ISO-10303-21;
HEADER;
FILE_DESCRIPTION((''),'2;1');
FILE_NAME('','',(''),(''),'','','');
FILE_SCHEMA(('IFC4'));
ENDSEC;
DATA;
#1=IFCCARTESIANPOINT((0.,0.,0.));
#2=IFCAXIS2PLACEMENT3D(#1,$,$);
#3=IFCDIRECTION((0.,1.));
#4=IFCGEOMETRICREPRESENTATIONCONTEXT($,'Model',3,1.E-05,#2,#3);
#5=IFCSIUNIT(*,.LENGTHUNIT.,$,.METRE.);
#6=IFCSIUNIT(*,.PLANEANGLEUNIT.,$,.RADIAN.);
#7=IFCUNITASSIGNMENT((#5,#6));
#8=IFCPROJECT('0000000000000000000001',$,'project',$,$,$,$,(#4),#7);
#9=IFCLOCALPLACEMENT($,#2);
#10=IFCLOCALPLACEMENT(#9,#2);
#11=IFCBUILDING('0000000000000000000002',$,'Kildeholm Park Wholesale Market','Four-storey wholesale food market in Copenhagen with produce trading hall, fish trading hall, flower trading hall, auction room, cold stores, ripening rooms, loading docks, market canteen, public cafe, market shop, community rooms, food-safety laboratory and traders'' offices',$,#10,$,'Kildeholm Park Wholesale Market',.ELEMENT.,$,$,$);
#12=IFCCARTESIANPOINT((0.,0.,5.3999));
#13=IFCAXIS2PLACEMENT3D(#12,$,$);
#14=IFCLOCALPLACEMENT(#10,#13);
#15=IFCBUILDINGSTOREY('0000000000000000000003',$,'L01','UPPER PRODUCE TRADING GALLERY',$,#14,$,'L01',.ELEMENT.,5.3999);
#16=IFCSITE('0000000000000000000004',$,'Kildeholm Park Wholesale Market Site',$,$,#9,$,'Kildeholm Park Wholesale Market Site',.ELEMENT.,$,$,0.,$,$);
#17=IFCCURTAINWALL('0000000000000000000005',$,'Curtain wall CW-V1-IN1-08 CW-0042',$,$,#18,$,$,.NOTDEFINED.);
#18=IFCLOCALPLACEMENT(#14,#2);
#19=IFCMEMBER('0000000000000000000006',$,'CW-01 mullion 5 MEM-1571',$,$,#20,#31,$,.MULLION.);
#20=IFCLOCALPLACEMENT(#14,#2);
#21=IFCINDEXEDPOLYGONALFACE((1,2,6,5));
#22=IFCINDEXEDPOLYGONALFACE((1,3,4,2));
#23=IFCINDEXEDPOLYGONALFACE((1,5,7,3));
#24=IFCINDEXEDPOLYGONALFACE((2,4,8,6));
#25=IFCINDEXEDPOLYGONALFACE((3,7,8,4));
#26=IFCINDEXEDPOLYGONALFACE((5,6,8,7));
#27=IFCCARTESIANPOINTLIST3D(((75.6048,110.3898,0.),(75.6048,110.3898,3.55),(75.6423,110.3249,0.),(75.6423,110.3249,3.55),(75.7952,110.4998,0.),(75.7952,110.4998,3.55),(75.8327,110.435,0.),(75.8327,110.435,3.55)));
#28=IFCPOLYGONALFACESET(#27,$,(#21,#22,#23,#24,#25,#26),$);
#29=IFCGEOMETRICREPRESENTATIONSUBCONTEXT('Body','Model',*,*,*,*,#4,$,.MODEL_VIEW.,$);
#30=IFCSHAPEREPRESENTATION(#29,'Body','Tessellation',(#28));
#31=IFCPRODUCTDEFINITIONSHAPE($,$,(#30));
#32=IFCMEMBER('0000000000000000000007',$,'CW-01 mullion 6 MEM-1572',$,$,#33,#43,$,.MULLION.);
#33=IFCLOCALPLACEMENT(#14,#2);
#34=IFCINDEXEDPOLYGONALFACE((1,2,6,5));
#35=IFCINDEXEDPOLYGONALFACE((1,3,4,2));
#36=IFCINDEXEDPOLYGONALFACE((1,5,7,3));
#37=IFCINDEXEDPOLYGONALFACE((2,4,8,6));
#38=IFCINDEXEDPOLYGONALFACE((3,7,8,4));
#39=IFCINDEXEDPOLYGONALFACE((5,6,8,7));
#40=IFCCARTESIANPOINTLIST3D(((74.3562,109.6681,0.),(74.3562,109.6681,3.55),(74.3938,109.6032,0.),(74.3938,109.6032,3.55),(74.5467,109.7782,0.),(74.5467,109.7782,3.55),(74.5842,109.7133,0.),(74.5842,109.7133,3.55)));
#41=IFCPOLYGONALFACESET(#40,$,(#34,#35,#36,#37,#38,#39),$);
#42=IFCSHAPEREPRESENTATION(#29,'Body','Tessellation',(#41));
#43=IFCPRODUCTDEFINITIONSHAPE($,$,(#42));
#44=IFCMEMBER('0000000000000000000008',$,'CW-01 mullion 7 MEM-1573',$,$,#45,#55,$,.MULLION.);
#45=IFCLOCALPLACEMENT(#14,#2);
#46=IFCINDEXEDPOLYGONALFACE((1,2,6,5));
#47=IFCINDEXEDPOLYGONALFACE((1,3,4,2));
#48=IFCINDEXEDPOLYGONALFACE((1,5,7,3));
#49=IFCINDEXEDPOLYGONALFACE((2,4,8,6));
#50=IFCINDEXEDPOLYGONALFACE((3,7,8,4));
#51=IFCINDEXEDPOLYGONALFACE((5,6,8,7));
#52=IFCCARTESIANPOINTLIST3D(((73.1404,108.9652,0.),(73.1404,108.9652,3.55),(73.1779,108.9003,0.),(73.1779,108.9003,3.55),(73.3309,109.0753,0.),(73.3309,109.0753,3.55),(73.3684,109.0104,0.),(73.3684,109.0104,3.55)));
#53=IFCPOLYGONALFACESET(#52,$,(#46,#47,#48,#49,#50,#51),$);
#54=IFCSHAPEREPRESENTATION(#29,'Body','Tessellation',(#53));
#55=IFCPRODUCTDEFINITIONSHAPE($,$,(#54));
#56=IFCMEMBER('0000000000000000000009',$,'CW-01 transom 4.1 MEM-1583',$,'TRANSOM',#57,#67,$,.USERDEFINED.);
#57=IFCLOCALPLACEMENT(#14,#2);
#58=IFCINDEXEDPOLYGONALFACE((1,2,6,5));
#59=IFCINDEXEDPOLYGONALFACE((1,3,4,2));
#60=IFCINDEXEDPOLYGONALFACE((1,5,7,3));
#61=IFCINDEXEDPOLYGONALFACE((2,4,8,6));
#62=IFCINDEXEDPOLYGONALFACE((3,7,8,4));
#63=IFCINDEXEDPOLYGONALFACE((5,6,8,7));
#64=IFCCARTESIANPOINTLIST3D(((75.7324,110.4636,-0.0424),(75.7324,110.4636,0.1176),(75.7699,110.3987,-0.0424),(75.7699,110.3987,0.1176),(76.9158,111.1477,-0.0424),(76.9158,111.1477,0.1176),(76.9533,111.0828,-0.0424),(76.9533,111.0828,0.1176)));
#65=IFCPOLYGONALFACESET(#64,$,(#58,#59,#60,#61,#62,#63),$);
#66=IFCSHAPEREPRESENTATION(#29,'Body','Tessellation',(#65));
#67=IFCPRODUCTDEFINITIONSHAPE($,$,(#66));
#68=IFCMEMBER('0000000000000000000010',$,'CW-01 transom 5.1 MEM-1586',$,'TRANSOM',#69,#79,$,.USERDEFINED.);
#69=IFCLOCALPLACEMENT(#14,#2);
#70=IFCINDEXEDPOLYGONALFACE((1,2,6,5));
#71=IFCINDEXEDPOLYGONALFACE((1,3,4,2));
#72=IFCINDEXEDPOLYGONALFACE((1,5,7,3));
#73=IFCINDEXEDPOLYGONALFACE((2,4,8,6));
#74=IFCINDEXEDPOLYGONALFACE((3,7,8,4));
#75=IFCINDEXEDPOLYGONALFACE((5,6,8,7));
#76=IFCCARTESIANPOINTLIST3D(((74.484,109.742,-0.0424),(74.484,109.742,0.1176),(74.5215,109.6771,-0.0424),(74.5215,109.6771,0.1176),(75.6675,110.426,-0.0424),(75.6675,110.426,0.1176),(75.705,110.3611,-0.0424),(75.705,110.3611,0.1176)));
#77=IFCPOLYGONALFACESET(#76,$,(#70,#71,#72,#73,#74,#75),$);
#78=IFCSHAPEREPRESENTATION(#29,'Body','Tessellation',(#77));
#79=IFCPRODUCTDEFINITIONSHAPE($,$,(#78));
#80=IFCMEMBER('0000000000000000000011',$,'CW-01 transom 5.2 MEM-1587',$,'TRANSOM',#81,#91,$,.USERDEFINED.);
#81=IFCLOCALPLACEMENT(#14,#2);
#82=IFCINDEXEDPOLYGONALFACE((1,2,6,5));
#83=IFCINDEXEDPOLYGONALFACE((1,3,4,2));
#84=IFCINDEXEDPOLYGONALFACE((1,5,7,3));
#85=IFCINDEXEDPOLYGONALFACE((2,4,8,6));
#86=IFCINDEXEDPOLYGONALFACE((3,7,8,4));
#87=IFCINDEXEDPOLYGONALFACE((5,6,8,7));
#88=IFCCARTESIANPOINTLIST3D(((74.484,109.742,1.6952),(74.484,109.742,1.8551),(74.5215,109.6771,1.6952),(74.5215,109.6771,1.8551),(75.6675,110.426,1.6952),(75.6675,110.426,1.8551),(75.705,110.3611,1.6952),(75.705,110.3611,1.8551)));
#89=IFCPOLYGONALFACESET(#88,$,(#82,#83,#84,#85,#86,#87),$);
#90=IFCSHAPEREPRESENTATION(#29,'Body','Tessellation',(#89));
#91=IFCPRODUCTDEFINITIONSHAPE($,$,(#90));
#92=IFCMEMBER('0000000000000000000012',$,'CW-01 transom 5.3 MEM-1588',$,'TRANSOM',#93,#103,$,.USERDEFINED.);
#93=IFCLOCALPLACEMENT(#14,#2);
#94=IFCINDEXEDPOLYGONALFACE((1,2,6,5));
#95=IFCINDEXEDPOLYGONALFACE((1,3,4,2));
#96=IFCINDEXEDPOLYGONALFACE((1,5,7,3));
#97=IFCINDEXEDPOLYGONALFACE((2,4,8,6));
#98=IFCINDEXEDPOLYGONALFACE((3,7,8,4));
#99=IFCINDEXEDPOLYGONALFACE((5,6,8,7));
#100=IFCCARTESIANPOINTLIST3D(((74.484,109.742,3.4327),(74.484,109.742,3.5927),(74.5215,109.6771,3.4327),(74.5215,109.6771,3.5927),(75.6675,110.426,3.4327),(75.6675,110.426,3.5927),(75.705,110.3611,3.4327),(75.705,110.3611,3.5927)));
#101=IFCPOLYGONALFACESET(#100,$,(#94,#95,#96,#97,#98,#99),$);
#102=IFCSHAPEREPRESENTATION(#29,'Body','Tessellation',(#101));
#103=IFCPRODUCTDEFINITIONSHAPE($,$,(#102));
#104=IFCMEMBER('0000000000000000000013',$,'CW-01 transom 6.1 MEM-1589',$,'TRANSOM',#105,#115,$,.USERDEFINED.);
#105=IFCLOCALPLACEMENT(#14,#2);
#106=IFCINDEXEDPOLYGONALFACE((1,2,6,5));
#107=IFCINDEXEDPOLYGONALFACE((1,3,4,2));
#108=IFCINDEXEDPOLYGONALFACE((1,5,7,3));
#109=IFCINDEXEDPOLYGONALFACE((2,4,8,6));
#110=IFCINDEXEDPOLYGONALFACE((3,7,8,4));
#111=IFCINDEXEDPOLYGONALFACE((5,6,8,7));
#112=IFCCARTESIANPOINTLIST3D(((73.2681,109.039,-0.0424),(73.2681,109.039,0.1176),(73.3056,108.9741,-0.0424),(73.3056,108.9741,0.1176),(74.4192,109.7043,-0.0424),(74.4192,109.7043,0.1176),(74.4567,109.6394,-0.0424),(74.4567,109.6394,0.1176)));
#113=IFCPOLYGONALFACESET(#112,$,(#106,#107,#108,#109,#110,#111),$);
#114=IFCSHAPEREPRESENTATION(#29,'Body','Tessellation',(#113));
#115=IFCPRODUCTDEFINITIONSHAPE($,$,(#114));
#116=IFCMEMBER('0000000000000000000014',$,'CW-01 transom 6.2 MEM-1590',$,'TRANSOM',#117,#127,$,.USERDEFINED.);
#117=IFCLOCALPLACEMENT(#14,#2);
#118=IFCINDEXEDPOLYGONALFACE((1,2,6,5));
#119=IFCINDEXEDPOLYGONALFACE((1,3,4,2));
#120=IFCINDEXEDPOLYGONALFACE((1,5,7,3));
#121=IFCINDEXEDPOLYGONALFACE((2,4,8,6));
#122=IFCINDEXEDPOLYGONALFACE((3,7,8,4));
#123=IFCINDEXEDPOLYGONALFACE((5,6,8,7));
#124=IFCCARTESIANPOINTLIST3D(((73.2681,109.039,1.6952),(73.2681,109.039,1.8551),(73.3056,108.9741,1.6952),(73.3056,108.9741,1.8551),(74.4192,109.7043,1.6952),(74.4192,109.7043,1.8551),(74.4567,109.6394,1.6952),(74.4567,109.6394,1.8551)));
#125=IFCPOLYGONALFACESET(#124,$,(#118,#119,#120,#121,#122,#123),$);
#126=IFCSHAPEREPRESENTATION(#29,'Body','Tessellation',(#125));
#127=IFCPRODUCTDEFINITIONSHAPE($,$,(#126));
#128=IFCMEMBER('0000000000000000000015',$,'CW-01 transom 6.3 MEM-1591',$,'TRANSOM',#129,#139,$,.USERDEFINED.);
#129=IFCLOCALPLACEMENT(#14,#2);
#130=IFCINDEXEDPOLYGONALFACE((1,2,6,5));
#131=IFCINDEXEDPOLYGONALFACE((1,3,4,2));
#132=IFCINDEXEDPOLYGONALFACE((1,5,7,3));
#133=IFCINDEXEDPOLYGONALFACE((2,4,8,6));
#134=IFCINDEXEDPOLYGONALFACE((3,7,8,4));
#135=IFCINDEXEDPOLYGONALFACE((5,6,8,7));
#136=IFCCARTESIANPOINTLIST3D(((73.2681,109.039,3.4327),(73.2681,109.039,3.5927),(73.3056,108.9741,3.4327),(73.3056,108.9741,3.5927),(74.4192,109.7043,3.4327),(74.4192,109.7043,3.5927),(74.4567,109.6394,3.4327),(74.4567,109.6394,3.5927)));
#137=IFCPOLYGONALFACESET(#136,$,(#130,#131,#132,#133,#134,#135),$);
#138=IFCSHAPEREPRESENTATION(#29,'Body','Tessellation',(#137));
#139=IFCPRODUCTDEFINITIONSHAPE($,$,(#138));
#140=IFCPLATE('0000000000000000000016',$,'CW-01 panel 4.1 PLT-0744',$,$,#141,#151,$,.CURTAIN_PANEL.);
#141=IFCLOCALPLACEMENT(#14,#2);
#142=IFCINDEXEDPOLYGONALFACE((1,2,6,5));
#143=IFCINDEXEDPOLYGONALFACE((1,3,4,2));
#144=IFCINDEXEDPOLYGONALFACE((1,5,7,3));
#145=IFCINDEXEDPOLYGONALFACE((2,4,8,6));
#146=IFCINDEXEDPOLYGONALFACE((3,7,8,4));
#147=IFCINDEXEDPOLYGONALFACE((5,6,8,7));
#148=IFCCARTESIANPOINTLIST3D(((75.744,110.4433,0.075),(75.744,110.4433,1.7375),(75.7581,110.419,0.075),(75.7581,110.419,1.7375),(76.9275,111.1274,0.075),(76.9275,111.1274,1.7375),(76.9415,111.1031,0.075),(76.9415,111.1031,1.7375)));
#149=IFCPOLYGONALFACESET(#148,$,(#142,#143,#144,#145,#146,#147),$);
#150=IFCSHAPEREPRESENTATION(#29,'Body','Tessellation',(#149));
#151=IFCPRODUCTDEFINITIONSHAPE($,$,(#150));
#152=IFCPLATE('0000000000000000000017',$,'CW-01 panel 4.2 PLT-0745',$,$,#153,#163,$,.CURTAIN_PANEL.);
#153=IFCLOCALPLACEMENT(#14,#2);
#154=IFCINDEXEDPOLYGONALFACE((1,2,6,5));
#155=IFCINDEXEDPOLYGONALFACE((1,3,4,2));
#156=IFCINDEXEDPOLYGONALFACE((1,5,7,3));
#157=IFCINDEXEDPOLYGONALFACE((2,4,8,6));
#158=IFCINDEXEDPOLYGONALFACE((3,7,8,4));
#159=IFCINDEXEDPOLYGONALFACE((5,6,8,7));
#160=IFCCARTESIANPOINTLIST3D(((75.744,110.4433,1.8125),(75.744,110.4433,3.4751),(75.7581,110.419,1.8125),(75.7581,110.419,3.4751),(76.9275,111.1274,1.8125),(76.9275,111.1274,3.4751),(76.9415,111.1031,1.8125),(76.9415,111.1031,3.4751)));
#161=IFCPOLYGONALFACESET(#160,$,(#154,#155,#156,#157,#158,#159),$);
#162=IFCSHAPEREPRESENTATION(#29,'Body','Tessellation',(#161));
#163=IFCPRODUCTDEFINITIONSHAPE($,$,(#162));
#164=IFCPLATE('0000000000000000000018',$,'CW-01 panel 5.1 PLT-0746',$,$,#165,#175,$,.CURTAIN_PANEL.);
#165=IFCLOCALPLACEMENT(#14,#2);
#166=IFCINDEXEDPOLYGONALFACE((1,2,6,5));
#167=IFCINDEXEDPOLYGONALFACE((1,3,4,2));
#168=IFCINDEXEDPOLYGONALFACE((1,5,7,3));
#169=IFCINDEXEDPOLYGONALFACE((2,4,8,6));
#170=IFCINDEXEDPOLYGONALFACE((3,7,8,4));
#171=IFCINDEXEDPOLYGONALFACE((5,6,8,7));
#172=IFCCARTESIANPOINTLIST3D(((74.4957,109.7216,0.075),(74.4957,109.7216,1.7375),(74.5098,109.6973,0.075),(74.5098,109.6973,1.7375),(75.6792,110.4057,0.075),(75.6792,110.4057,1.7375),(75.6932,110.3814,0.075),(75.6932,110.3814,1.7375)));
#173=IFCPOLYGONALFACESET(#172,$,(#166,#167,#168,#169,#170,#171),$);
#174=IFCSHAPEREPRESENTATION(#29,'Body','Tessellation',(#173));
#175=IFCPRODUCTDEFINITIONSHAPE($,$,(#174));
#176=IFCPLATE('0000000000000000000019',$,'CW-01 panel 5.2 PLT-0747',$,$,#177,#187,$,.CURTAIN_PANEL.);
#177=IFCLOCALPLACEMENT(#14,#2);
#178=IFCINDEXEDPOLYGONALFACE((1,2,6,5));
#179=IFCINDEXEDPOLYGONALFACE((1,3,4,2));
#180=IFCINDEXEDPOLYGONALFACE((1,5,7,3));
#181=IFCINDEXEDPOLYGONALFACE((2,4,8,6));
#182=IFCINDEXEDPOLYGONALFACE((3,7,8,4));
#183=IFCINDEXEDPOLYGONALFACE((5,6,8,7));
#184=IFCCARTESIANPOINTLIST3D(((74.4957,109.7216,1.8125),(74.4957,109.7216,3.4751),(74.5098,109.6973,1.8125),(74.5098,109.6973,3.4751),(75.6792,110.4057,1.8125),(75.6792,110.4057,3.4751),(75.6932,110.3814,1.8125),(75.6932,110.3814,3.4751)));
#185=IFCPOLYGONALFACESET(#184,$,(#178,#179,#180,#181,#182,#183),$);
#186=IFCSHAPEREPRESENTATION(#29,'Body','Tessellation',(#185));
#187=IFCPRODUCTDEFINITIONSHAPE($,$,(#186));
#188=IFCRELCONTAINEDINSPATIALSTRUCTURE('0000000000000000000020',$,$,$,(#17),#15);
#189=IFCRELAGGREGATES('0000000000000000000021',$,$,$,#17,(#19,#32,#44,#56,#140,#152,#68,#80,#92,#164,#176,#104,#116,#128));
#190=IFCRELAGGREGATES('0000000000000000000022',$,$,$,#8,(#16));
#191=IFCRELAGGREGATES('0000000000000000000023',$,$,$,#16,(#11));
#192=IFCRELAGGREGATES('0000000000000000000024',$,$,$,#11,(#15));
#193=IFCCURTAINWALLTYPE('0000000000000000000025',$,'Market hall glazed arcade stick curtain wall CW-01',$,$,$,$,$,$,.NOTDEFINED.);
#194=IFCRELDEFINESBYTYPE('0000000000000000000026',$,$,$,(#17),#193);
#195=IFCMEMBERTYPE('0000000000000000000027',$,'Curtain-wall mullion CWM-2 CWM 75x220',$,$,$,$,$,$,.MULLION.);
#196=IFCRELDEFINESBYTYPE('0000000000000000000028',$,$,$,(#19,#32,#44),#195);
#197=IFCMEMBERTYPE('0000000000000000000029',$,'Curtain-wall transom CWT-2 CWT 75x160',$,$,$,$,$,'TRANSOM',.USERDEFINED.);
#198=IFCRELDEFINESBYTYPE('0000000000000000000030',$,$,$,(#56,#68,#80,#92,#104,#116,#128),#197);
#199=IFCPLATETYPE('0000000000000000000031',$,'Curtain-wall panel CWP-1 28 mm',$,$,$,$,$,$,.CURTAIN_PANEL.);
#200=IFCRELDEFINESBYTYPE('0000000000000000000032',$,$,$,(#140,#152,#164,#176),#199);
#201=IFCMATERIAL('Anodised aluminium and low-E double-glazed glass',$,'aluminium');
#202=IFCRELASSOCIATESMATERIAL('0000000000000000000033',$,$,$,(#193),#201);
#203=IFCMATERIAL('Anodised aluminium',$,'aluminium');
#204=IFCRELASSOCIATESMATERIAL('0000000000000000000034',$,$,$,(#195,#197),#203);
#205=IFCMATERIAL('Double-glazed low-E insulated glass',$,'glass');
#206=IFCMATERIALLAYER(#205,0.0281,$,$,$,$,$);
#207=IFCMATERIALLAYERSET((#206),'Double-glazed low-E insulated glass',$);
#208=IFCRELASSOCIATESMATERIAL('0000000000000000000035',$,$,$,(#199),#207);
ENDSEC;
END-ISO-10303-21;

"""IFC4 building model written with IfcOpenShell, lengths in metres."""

from ifc_helpers import new_model, si_unit, direction, frame, origin, origin_2d, place, context, subcontext, project, spatial, rectangle, extrude, material, layer, layer_set, material_profile, profile_set, type_object, element, aggregate, save


model = new_model("IFC4")

# Units and contexts
model_context = context("Model", 3, precision=1e-05, world=origin(), true_north=direction((0.0, 1.0)))
body_context = subcontext(model_context, "Body", "Model", "MODEL_VIEW")
ifc_project = project(units=[si_unit("LENGTHUNIT", "METRE"), si_unit("PLANEANGLEUNIT", "RADIAN")], contexts=[model_context])

# Site, building, storey
site_placement = place(None, origin())
site = spatial("IfcSite", under=ifc_project, at=site_placement, Name="Kildeholm Park Wholesale Market Site", LongName="Kildeholm Park Wholesale Market Site", CompositionType="ELEMENT", RefElevation=0.0)
building_placement = place(site_placement, origin())
building = spatial("IfcBuilding", under=site, at=building_placement, Name="Kildeholm Park Wholesale Market", Description="Four-storey wholesale food market in Copenhagen with produce trading hall, fish trading hall, flower trading hall, auction room, cold stores, ripening rooms, loading docks, market canteen, public cafe, market shop, community rooms, food-safety laboratory and traders' offices", LongName="Kildeholm Park Wholesale Market", CompositionType="ELEMENT")
storey_placement = place(building_placement, frame((0.0, 0.0, 5.3999)))
storey = spatial("IfcBuildingStorey", under=building, at=storey_placement, Name="L01", Description="UPPER PRODUCE TRADING GALLERY", LongName="L01", CompositionType="ELEMENT", Elevation=5.3999)

# Curtain wall, members, plates
ifc_material_1 = material(Name="Anodised aluminium and low-E double-glazed glass", Category="aluminium")
curtain_wall_type = type_object("IfcCurtainWallType", Name="Market hall glazed arcade stick curtain wall CW-01", PredefinedType="NOTDEFINED", material=ifc_material_1)
curtain_wall_placement = place(storey_placement, origin())
curtain_wall = element("IfcCurtainWall", 1, at=curtain_wall_placement, inside=storey, type_object=curtain_wall_type, Name="Curtain wall CW-V1-IN1-08 CW-0042", PredefinedType="NOTDEFINED")
ifc_material_2 = material(Name="Anodised aluminium", Category="aluminium")
ifc_material_profile_1 = material_profile(ifc_material_2, rectangle(XDim=0.075, YDim=0.22, at=origin_2d()), Name="CWM 75x220")
ifc_profile_set_1 = profile_set([ifc_material_profile_1], Name="Anodised aluminium")
member_type_1 = type_object("IfcMemberType", Name="Curtain-wall mullion CWM-2 CWM 75x220", PredefinedType="MULLION", material=ifc_profile_set_1)
member_1_placement = place(storey_placement, frame((75.7188, 110.4124, 0.0), z_axis=(0.0, 0.0, 1.0), x_axis=(0.500489, -0.865743, 0.0)))
member_1 = element("IfcMember", 2, at=member_1_placement, type_object=member_type_1, Name="CW-01 mullion 5 MEM-1571", PredefinedType="MULLION", context=body_context, shape_type="SweptSolid", body=[
    extrude(rectangle(XDim=0.075, YDim=0.22, at=origin_2d()), origin(), (0.0, 0.0, 1.0), 3.55),
])
member_2_placement = place(storey_placement, frame((74.4702, 109.6907, 0.0), z_axis=(0.0, 0.0, 1.0), x_axis=(0.500489, -0.865743, 0.0)))
member_2 = element("IfcMember", 3, at=member_2_placement, type_object=member_type_1, Name="CW-01 mullion 6 MEM-1572", PredefinedType="MULLION", context=body_context, shape_type="SweptSolid", body=[
    extrude(rectangle(XDim=0.075, YDim=0.22, at=origin_2d()), origin(), (0.0, 0.0, 1.0), 3.55),
])
member_3_placement = place(storey_placement, frame((73.2544, 108.9878, 0.0), z_axis=(0.0, 0.0, 1.0), x_axis=(0.500489, -0.865743, 0.0)))
member_3 = element("IfcMember", 4, at=member_3_placement, type_object=member_type_1, Name="CW-01 mullion 7 MEM-1573", PredefinedType="MULLION", context=body_context, shape_type="SweptSolid", body=[
    extrude(rectangle(XDim=0.075, YDim=0.22, at=origin_2d()), origin(), (0.0, 0.0, 1.0), 3.55),
])
ifc_material_profile_2 = material_profile(ifc_material_2, rectangle(XDim=0.075, YDim=0.1599, at=origin_2d()), Name="CWT 75x160")
ifc_profile_set_2 = profile_set([ifc_material_profile_2], Name="Anodised aluminium")
member_type_2 = type_object("IfcMemberType", Name="Curtain-wall transom CWT-2 CWT 75x160", ElementType="TRANSOM", PredefinedType="USERDEFINED", material=ifc_profile_set_2)
member_4_placement = place(storey_placement, frame((76.9346, 111.1152, 0.0376), z_axis=(-0.865748, -0.50048, 0.0), x_axis=(0.50048, -0.865748, 0.0)))
member_4 = element("IfcMember", 5, at=member_4_placement, type_object=member_type_2, Name="CW-01 transom 4.1 MEM-1583", ObjectType="TRANSOM", PredefinedType="USERDEFINED", context=body_context, shape_type="SweptSolid", body=[
    extrude(rectangle(XDim=0.075, YDim=0.1599, at=origin_2d()), origin(), (0.0, 0.0, 1.0), 1.3669),
])
member_5_placement = place(storey_placement, frame((75.6863, 110.3936, 0.0376), z_axis=(-0.865793, -0.500403, 0.0), x_axis=(0.500403, -0.865793, 0.0)))
member_5 = element("IfcMember", 6, at=member_5_placement, type_object=member_type_2, Name="CW-01 transom 5.1 MEM-1586", ObjectType="TRANSOM", PredefinedType="USERDEFINED", context=body_context, shape_type="SweptSolid", body=[
    extrude(rectangle(XDim=0.075, YDim=0.1599, at=origin_2d()), origin(), (0.0, 0.0, 1.0), 1.3669),
])
member_6_placement = place(storey_placement, frame((75.6863, 110.3936, 1.7751), z_axis=(-0.865793, -0.500403, 0.0), x_axis=(0.500403, -0.865793, 0.0)))
member_6 = element("IfcMember", 7, at=member_6_placement, type_object=member_type_2, Name="CW-01 transom 5.2 MEM-1587", ObjectType="TRANSOM", PredefinedType="USERDEFINED", context=body_context, shape_type="SweptSolid", body=[
    extrude(rectangle(XDim=0.075, YDim=0.1599, at=origin_2d()), origin(), (0.0, 0.0, 1.0), 1.3669),
])
member_7_placement = place(storey_placement, frame((75.6863, 110.3936, 3.5127), z_axis=(-0.865793, -0.500403, 0.0), x_axis=(0.500403, -0.865793, 0.0)))
member_7 = element("IfcMember", 8, at=member_7_placement, type_object=member_type_2, Name="CW-01 transom 5.3 MEM-1588", ObjectType="TRANSOM", PredefinedType="USERDEFINED", context=body_context, shape_type="SweptSolid", body=[
    extrude(rectangle(XDim=0.075, YDim=0.1599, at=origin_2d()), origin(), (0.0, 0.0, 1.0), 1.3669),
])
member_8_placement = place(storey_placement, frame((74.438, 109.6719, 0.0376), z_axis=(-0.865803, -0.500385, 0.0), x_axis=(0.500385, -0.865803, 0.0)))
member_8 = element("IfcMember", 9, at=member_8_placement, type_object=member_type_2, Name="CW-01 transom 6.1 MEM-1589", ObjectType="TRANSOM", PredefinedType="USERDEFINED", context=body_context, shape_type="SweptSolid", body=[
    extrude(rectangle(XDim=0.075, YDim=0.1599, at=origin_2d()), origin(), (0.0, 0.0, 1.0), 1.3296),
])
member_9_placement = place(storey_placement, frame((74.438, 109.6719, 1.7751), z_axis=(-0.865803, -0.500385, 0.0), x_axis=(0.500385, -0.865803, 0.0)))
member_9 = element("IfcMember", 10, at=member_9_placement, type_object=member_type_2, Name="CW-01 transom 6.2 MEM-1590", ObjectType="TRANSOM", PredefinedType="USERDEFINED", context=body_context, shape_type="SweptSolid", body=[
    extrude(rectangle(XDim=0.075, YDim=0.1599, at=origin_2d()), origin(), (0.0, 0.0, 1.0), 1.3296),
])
member_10_placement = place(storey_placement, frame((74.438, 109.6719, 3.5127), z_axis=(-0.865803, -0.500385, 0.0), x_axis=(0.500385, -0.865803, 0.0)))
member_10 = element("IfcMember", 11, at=member_10_placement, type_object=member_type_2, Name="CW-01 transom 6.3 MEM-1591", ObjectType="TRANSOM", PredefinedType="USERDEFINED", context=body_context, shape_type="SweptSolid", body=[
    extrude(rectangle(XDim=0.075, YDim=0.1599, at=origin_2d()), origin(), (0.0, 0.0, 1.0), 1.3296),
])
ifc_material_3 = material(Name="Double-glazed low-E insulated glass", Category="glass")
ifc_layer_1 = layer(ifc_material_3, 0.0281)
ifc_layer_set_1 = layer_set([ifc_layer_1], Name="Double-glazed low-E insulated glass")
plate_type = type_object("IfcPlateType", Name="Curtain-wall panel CWP-1 28 mm", PredefinedType="CURTAIN_PANEL", material=ifc_layer_set_1)
plate_1_placement = place(storey_placement, frame((76.3428, 110.7732, 0.075), z_axis=(0.0, 0.0, 1.0), x_axis=(-0.865743, -0.500489, 0.0)))
plate_1 = element("IfcPlate", 12, at=plate_1_placement, type_object=plate_type, Name="CW-01 panel 4.1 PLT-0744", PredefinedType="CURTAIN_PANEL", context=body_context, shape_type="SweptSolid", body=[
    extrude(rectangle(XDim=1.3669, YDim=0.0281, at=origin_2d()), origin(), (0.0, 0.0, 1.0), 1.6626),
])
plate_2_placement = place(storey_placement, frame((76.3428, 110.7732, 1.8125), z_axis=(0.0, 0.0, 1.0), x_axis=(-0.865743, -0.500489, 0.0)))
plate_2 = element("IfcPlate", 13, at=plate_2_placement, type_object=plate_type, Name="CW-01 panel 4.2 PLT-0745", PredefinedType="CURTAIN_PANEL", context=body_context, shape_type="SweptSolid", body=[
    extrude(rectangle(XDim=1.3669, YDim=0.0281, at=origin_2d()), origin(), (0.0, 0.0, 1.0), 1.6626),
])
plate_3_placement = place(storey_placement, frame((75.0945, 110.0515, 0.075), z_axis=(0.0, 0.0, 1.0), x_axis=(-0.865743, -0.500489, 0.0)))
plate_3 = element("IfcPlate", 14, at=plate_3_placement, type_object=plate_type, Name="CW-01 panel 5.1 PLT-0746", PredefinedType="CURTAIN_PANEL", context=body_context, shape_type="SweptSolid", body=[
    extrude(rectangle(XDim=1.3669, YDim=0.0281, at=origin_2d()), origin(), (0.0, 0.0, 1.0), 1.6626),
])
plate_4_placement = place(storey_placement, frame((75.0945, 110.0515, 1.8125), z_axis=(0.0, 0.0, 1.0), x_axis=(-0.865743, -0.500489, 0.0)))
plate_4 = element("IfcPlate", 15, at=plate_4_placement, type_object=plate_type, Name="CW-01 panel 5.2 PLT-0747", PredefinedType="CURTAIN_PANEL", context=body_context, shape_type="SweptSolid", body=[
    extrude(rectangle(XDim=1.3669, YDim=0.0281, at=origin_2d()), origin(), (0.0, 0.0, 1.0), 1.6626),
])
aggregate(curtain_wall, [member_1, member_2, member_3, member_4, plate_1, plate_2, member_5, member_6, member_7, plate_3, plate_4, member_8, member_9, member_10])

save(model, "model.ifc")
